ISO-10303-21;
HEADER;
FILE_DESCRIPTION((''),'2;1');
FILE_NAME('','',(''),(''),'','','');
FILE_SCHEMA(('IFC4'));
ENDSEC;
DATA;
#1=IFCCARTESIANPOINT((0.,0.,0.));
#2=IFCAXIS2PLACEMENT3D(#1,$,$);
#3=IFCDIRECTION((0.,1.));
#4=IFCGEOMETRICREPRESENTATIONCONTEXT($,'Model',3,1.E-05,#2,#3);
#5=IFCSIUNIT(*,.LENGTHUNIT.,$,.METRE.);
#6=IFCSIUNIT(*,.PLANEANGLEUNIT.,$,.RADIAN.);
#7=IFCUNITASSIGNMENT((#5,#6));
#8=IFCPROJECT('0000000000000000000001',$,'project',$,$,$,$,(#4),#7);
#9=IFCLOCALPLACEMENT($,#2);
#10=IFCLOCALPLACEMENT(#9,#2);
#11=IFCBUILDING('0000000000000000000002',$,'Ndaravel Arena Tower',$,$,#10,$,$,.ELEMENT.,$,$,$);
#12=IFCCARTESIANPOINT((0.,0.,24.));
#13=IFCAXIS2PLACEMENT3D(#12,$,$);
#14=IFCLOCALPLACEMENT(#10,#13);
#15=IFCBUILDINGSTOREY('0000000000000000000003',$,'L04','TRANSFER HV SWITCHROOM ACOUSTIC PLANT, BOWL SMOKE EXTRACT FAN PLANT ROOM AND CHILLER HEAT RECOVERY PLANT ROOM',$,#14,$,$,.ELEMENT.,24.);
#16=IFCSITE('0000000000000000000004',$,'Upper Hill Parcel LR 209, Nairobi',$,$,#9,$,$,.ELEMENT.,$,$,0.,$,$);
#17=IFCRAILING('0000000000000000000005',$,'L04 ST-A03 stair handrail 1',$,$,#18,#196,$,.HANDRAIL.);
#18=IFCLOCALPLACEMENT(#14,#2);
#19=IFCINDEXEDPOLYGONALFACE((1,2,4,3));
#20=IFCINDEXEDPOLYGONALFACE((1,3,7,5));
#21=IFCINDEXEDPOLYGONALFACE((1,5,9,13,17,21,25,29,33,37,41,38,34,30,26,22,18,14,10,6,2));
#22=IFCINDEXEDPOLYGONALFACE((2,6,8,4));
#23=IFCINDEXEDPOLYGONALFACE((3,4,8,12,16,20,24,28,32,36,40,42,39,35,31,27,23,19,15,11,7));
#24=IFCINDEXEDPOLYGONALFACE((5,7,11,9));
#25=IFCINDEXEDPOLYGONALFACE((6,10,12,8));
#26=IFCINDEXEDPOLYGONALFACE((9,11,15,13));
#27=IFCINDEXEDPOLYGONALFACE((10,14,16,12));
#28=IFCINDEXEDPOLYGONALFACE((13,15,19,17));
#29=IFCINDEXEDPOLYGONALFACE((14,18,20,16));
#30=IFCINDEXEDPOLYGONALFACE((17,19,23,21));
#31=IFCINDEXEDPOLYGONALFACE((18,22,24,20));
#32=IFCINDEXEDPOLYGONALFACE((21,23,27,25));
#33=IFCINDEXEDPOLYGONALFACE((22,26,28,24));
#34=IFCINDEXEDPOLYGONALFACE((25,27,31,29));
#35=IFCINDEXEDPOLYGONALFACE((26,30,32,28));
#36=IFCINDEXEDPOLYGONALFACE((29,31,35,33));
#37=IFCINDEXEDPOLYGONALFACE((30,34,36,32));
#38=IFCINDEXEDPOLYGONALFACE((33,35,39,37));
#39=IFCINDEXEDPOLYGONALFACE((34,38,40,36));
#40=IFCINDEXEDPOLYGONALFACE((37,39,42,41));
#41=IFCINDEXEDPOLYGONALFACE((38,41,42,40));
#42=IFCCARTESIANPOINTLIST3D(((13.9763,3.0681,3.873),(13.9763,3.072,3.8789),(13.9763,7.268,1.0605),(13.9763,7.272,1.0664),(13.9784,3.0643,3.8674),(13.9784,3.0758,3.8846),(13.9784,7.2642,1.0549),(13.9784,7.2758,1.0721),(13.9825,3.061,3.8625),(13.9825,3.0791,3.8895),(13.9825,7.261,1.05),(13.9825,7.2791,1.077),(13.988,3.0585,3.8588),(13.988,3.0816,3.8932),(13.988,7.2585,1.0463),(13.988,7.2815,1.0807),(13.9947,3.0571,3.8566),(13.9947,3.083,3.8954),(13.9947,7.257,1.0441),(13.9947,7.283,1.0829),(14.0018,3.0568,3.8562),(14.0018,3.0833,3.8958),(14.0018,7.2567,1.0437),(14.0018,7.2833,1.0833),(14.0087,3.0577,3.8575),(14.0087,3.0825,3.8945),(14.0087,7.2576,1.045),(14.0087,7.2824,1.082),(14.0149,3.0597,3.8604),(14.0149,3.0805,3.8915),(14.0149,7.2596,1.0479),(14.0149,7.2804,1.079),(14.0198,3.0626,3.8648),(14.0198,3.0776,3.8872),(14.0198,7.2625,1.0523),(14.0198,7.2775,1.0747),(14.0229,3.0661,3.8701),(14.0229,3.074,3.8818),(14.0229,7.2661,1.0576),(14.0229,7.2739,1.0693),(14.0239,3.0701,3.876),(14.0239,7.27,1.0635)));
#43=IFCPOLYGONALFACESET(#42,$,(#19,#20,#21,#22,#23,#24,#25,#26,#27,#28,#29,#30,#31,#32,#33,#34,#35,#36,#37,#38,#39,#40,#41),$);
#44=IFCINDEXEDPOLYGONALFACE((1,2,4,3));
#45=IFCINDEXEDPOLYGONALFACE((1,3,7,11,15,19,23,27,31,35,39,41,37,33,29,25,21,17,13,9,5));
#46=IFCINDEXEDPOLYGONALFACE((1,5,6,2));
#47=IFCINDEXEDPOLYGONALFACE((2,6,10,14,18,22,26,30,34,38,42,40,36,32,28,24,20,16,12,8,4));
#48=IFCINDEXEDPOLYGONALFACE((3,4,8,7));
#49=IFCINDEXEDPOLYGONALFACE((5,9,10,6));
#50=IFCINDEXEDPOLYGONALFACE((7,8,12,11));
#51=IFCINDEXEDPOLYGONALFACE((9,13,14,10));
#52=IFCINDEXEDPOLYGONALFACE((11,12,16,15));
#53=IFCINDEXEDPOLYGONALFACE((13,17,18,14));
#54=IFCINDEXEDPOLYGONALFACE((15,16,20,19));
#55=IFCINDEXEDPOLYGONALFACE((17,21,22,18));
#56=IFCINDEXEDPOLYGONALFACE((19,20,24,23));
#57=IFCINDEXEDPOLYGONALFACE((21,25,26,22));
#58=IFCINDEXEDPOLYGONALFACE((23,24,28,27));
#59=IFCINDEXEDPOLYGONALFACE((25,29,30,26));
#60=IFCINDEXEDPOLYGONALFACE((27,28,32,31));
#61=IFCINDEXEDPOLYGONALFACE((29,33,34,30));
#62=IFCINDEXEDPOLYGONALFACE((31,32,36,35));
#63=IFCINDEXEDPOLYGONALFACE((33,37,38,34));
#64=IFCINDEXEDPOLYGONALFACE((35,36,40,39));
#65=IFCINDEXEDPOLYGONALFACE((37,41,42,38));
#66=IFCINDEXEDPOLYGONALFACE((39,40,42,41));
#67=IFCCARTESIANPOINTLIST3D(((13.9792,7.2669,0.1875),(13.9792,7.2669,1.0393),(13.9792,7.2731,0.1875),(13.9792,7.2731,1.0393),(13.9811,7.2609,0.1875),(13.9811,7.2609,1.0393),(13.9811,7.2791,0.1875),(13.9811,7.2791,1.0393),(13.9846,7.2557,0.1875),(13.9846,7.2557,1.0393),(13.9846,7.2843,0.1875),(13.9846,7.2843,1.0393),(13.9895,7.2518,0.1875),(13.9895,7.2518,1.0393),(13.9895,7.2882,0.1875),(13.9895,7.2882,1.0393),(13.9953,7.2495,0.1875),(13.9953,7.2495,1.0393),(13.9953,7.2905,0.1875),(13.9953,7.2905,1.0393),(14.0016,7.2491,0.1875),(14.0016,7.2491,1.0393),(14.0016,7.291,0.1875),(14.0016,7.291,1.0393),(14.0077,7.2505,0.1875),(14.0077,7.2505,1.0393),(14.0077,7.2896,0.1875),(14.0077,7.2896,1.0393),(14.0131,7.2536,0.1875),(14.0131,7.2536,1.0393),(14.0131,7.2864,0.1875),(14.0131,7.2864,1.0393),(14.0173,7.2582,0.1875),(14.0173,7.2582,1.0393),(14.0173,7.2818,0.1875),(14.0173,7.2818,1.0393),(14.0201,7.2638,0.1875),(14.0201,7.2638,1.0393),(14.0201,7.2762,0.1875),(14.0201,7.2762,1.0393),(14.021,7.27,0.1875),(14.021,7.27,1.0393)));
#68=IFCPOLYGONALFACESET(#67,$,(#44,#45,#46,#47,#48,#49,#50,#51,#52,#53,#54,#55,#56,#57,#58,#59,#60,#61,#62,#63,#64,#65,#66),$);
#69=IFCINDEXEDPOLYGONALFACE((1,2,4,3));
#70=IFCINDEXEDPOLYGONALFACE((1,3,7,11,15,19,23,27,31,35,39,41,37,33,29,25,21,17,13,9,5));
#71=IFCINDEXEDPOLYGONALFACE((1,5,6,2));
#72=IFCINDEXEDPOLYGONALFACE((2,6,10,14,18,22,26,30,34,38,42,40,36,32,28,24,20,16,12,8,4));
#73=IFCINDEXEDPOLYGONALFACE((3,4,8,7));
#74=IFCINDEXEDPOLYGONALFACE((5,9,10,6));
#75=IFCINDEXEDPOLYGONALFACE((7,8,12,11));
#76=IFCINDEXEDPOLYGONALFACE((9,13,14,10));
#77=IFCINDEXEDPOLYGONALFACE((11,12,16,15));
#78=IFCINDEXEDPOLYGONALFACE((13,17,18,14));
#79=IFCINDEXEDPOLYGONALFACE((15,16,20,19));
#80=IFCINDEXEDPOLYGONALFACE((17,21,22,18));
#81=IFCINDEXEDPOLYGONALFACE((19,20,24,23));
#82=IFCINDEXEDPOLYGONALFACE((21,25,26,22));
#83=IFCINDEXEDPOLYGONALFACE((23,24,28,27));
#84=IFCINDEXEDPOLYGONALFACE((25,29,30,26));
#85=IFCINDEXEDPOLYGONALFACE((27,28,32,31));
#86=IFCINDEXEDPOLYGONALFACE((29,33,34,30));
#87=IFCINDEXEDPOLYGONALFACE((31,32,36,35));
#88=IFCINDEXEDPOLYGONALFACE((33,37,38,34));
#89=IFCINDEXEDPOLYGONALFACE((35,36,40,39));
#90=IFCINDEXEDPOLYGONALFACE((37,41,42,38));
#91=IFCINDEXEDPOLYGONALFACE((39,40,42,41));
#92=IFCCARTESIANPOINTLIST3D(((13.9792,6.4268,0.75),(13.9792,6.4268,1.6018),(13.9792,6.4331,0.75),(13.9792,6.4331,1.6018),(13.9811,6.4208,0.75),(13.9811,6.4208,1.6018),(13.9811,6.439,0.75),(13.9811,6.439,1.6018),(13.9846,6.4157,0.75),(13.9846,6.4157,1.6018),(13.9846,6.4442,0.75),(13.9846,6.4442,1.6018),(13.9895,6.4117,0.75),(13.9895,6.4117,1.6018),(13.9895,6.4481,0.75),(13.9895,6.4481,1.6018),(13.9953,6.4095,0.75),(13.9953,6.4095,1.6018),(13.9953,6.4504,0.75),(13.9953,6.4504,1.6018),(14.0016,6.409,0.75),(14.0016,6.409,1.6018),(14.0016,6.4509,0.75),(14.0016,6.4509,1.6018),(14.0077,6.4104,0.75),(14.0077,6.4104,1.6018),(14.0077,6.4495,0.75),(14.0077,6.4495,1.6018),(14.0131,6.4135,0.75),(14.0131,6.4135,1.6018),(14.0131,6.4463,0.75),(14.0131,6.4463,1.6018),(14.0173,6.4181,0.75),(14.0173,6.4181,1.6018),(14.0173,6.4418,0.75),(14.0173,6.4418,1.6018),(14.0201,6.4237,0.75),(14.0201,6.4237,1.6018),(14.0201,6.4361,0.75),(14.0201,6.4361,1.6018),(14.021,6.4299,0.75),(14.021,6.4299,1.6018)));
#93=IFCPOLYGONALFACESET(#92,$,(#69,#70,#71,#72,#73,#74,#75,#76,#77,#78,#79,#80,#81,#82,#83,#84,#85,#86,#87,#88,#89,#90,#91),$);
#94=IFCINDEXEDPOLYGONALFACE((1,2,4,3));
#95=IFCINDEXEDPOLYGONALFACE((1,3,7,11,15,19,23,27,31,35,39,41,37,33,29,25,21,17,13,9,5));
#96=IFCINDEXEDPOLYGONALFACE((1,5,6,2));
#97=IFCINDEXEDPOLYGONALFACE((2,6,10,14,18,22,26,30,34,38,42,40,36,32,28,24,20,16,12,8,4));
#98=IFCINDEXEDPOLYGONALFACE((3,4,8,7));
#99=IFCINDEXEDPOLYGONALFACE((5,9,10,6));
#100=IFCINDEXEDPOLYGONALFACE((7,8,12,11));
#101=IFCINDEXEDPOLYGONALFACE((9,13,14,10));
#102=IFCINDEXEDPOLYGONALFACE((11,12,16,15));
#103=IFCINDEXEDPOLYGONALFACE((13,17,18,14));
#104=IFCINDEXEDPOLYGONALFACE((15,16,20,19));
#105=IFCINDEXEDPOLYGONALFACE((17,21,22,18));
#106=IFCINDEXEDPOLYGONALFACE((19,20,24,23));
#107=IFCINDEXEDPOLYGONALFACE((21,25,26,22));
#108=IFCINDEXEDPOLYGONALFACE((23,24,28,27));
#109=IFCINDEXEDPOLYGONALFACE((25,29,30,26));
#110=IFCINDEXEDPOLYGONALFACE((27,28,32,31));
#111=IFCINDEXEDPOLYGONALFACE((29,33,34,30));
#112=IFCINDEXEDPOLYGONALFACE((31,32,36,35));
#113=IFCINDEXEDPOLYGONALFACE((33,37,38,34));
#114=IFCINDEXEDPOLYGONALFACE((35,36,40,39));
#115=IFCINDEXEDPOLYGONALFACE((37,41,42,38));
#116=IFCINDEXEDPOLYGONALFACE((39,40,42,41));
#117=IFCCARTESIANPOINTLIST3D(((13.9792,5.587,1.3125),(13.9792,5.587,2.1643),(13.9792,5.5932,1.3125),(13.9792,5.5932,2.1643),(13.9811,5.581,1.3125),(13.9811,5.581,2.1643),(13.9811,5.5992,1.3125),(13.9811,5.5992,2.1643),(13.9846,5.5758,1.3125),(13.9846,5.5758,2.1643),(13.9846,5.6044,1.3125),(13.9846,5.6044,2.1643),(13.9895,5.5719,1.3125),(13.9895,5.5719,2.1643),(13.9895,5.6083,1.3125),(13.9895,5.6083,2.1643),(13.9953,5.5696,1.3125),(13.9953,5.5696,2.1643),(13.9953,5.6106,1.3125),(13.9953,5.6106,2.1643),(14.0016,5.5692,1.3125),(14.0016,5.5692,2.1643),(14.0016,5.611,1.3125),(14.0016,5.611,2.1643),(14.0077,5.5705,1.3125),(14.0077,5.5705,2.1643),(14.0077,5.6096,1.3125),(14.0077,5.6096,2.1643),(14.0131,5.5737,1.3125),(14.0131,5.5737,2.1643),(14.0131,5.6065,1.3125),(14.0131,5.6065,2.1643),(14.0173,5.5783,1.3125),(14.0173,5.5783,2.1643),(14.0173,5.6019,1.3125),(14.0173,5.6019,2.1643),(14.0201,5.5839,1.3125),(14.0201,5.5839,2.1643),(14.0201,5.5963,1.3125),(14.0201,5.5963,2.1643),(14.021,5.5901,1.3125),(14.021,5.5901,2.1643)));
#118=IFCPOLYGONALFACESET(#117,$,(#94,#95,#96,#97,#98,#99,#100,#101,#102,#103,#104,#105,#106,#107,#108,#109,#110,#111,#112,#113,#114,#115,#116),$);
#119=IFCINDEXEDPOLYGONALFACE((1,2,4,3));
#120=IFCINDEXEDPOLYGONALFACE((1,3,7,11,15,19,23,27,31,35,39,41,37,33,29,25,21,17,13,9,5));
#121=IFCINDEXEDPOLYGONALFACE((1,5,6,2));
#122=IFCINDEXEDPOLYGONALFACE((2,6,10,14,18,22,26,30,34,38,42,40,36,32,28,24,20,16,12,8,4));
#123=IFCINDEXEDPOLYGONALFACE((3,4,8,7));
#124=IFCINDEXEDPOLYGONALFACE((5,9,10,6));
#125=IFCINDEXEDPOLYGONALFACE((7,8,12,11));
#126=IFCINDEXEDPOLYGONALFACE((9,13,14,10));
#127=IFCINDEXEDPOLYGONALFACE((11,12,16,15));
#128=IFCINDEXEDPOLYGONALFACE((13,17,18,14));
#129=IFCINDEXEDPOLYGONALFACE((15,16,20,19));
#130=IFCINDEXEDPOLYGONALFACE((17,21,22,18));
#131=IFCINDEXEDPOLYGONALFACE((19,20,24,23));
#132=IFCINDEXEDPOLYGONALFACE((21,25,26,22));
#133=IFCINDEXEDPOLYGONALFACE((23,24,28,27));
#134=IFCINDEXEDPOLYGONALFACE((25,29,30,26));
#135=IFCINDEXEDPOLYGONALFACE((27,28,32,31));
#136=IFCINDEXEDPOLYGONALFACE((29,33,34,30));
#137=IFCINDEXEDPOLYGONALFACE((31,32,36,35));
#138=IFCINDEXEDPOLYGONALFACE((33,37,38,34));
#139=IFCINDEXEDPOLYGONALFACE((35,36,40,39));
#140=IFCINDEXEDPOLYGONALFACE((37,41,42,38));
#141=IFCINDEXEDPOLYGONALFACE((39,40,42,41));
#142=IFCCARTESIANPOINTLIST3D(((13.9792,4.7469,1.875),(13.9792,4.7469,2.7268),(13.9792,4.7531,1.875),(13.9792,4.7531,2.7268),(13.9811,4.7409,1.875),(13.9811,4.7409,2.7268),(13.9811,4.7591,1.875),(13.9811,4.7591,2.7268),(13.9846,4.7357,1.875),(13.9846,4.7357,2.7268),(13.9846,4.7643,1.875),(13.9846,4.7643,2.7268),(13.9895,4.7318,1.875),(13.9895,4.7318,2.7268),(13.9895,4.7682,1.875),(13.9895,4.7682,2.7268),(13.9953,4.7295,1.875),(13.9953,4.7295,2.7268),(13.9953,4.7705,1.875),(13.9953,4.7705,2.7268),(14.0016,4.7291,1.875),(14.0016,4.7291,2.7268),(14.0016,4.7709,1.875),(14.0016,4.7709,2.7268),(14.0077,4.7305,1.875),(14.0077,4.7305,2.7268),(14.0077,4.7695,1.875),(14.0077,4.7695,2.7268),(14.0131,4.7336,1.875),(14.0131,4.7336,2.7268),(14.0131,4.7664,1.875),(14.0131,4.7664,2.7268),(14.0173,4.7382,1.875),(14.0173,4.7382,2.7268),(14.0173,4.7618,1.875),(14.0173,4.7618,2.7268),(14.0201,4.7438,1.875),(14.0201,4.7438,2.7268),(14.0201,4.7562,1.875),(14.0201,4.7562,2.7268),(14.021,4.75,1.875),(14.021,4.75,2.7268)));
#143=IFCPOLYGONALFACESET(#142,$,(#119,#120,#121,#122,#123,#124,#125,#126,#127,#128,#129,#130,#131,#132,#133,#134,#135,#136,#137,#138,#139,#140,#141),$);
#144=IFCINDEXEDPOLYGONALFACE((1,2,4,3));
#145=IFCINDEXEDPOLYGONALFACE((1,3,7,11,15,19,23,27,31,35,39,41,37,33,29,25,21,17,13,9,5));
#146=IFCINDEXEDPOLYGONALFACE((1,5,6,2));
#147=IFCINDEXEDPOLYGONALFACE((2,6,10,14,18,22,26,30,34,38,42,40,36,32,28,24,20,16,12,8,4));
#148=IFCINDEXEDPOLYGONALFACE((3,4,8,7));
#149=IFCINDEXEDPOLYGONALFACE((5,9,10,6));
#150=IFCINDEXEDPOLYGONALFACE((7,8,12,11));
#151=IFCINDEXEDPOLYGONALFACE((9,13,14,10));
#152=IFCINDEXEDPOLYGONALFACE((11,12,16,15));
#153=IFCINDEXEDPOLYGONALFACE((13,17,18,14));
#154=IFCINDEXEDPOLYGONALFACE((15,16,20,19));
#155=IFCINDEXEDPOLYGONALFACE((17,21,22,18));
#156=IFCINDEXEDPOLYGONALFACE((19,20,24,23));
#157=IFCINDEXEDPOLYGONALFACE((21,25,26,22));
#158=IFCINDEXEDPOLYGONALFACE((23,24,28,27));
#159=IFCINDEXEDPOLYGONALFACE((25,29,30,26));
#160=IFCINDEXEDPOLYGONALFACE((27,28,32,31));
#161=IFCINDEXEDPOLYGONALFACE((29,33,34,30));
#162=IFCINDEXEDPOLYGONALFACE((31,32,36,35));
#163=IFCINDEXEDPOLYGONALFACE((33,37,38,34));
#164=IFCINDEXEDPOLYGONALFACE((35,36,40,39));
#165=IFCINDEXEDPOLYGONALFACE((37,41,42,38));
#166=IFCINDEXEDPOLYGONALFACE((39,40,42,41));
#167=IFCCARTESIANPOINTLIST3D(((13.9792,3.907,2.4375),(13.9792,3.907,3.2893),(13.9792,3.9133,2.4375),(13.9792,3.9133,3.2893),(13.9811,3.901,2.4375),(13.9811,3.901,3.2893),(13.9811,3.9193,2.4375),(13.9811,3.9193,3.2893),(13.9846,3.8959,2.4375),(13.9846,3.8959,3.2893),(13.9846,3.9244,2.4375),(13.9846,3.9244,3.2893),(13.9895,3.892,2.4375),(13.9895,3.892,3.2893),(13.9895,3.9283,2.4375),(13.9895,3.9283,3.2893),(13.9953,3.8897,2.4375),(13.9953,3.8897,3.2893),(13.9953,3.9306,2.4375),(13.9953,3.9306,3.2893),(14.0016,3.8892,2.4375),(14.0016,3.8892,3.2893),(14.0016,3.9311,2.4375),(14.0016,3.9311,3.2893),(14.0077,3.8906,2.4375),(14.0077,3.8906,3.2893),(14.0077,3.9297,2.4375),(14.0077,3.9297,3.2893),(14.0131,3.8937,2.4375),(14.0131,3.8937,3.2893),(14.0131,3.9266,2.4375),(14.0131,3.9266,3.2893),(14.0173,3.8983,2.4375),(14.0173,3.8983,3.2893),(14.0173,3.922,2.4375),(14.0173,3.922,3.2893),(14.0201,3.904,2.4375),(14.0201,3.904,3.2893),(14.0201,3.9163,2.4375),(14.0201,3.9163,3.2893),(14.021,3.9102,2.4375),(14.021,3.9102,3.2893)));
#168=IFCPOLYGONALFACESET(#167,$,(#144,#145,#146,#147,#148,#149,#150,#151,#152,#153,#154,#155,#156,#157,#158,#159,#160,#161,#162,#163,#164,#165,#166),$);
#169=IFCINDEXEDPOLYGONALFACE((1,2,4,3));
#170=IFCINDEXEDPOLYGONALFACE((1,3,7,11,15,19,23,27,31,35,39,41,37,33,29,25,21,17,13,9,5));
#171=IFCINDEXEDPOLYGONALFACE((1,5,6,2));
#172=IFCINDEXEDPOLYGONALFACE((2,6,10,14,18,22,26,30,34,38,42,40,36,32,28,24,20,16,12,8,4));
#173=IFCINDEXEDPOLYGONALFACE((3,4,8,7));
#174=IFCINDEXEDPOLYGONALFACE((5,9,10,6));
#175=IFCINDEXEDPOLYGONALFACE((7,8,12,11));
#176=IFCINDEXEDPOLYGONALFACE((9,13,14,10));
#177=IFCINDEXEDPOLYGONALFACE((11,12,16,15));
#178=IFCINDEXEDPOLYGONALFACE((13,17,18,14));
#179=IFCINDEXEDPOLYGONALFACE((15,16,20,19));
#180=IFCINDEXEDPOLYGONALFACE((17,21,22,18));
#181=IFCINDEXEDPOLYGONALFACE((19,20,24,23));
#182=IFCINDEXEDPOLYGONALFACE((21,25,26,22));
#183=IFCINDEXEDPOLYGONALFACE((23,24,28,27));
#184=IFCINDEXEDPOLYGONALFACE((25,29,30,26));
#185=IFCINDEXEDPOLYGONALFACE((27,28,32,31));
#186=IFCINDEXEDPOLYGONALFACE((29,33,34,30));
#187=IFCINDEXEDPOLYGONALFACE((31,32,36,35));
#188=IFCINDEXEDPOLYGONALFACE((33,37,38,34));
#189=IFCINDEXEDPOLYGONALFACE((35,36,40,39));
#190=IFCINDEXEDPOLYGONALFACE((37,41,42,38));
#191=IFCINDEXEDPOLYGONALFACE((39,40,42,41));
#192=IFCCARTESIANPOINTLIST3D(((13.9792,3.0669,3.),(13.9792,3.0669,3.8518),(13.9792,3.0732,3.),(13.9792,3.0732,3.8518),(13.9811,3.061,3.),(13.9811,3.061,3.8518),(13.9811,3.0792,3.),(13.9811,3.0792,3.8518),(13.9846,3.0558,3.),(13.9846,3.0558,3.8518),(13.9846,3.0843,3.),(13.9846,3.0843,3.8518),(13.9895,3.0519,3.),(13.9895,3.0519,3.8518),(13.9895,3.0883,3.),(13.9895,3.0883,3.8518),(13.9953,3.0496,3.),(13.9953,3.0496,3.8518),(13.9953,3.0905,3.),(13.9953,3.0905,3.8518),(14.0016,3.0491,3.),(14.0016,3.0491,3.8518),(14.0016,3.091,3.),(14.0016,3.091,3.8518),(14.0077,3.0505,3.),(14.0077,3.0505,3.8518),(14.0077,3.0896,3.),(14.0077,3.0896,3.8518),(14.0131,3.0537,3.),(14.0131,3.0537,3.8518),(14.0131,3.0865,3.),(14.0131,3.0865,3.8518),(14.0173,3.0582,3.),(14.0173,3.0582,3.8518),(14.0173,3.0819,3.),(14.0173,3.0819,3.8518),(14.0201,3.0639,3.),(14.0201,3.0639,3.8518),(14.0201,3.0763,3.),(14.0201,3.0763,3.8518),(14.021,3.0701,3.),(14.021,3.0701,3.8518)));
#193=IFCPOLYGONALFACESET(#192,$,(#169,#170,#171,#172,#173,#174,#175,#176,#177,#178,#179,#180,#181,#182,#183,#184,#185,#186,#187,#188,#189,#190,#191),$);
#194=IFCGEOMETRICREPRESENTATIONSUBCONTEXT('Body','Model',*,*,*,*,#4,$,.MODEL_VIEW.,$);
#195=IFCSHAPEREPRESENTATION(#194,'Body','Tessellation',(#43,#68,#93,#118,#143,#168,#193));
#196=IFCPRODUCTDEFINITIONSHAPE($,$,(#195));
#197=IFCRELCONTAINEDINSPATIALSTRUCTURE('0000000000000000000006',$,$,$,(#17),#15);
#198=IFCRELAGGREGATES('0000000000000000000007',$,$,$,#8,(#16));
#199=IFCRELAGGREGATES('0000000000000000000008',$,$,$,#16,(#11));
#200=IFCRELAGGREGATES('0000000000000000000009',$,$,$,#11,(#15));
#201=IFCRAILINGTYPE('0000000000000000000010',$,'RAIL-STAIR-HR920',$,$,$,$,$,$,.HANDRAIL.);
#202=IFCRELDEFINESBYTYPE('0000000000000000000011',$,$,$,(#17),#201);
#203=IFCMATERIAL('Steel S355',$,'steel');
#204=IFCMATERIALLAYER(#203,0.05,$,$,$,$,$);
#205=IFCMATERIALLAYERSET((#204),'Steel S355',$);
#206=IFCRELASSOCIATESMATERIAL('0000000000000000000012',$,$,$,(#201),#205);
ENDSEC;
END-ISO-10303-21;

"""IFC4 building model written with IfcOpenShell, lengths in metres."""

from ifc_helpers import new_model, si_unit, direction, frame, origin, origin_2d, place, context, subcontext, project, spatial, circle, extrude, material, layer, layer_set, type_object, element, save


model = new_model("IFC4")

# Units and contexts
model_context = context("Model", 3, precision=1e-05, world=origin(), true_north=direction((0.0, 1.0)))
body_context = subcontext(model_context, "Body", "Model", "MODEL_VIEW")
ifc_project = project(units=[si_unit("LENGTHUNIT", "METRE"), si_unit("PLANEANGLEUNIT", "RADIAN")], contexts=[model_context])

# Site, building, storey
site_placement = place(None, origin())
site = spatial("IfcSite", under=ifc_project, at=site_placement, Name="Upper Hill Parcel LR 209, Nairobi", CompositionType="ELEMENT", RefElevation=0.0)
building_placement = place(site_placement, origin())
building = spatial("IfcBuilding", under=site, at=building_placement, Name="Ndaravel Arena Tower", CompositionType="ELEMENT")
storey_placement = place(building_placement, frame((0.0, 0.0, 24.0)))
storey = spatial("IfcBuildingStorey", under=building, at=storey_placement, Name="L04", Description="TRANSFER HV SWITCHROOM ACOUSTIC PLANT, BOWL SMOKE EXTRACT FAN PLANT ROOM AND CHILLER HEAT RECOVERY PLANT ROOM", CompositionType="ELEMENT", Elevation=24.0)

# Railing
ifc_material_1 = material(Name="Steel S355", Category="steel")
ifc_layer_1 = layer(ifc_material_1, 0.05)
ifc_layer_set_1 = layer_set([ifc_layer_1], Name="Steel S355")
railing_type_1 = type_object("IfcRailingType", Name="RAIL-STAIR-HR920", PredefinedType="HANDRAIL", material=ifc_layer_set_1)
railing_1_placement = place(storey_placement, frame((14.0, 7.27, 0.1875)))
element("IfcRailing", 1, at=railing_1_placement, inside=storey, type_object=railing_type_1, Name="L04 ST-A03 stair handrail 1", PredefinedType="HANDRAIL", context=body_context, shape_type="SweptSolid", body=[
    extrude(circle(Radius=0.0239, at=origin_2d()), frame((0.0, 0.0, 0.876), z_axis=(0.0, -0.830904, 0.556416), x_axis=(1.0, 0.0, 0.0)), (0.0, 0.0, 1.0), 5.0547),
    extrude(circle(Radius=0.021, at=origin_2d()), origin(), (0.0, 0.0, 1.0), 0.8518),
    extrude(circle(Radius=0.021, at=origin_2d()), frame((0.0, -0.8401, 0.5625)), (0.0, 0.0, 1.0), 0.8518),
    extrude(circle(Radius=0.021, at=origin_2d()), frame((0.0, -1.6799, 1.125)), (0.0, 0.0, 1.0), 0.8518),
    extrude(circle(Radius=0.021, at=origin_2d()), frame((0.0, -2.52, 1.6875)), (0.0, 0.0, 1.0), 0.8518),
    extrude(circle(Radius=0.021, at=origin_2d()), frame((0.0, -3.3599, 2.25)), (0.0, 0.0, 1.0), 0.8518),
    extrude(circle(Radius=0.021, at=origin_2d()), frame((0.0, -4.2, 2.8125)), (0.0, 0.0, 1.0), 0.8518),
])

save(model, "model.ifc")
